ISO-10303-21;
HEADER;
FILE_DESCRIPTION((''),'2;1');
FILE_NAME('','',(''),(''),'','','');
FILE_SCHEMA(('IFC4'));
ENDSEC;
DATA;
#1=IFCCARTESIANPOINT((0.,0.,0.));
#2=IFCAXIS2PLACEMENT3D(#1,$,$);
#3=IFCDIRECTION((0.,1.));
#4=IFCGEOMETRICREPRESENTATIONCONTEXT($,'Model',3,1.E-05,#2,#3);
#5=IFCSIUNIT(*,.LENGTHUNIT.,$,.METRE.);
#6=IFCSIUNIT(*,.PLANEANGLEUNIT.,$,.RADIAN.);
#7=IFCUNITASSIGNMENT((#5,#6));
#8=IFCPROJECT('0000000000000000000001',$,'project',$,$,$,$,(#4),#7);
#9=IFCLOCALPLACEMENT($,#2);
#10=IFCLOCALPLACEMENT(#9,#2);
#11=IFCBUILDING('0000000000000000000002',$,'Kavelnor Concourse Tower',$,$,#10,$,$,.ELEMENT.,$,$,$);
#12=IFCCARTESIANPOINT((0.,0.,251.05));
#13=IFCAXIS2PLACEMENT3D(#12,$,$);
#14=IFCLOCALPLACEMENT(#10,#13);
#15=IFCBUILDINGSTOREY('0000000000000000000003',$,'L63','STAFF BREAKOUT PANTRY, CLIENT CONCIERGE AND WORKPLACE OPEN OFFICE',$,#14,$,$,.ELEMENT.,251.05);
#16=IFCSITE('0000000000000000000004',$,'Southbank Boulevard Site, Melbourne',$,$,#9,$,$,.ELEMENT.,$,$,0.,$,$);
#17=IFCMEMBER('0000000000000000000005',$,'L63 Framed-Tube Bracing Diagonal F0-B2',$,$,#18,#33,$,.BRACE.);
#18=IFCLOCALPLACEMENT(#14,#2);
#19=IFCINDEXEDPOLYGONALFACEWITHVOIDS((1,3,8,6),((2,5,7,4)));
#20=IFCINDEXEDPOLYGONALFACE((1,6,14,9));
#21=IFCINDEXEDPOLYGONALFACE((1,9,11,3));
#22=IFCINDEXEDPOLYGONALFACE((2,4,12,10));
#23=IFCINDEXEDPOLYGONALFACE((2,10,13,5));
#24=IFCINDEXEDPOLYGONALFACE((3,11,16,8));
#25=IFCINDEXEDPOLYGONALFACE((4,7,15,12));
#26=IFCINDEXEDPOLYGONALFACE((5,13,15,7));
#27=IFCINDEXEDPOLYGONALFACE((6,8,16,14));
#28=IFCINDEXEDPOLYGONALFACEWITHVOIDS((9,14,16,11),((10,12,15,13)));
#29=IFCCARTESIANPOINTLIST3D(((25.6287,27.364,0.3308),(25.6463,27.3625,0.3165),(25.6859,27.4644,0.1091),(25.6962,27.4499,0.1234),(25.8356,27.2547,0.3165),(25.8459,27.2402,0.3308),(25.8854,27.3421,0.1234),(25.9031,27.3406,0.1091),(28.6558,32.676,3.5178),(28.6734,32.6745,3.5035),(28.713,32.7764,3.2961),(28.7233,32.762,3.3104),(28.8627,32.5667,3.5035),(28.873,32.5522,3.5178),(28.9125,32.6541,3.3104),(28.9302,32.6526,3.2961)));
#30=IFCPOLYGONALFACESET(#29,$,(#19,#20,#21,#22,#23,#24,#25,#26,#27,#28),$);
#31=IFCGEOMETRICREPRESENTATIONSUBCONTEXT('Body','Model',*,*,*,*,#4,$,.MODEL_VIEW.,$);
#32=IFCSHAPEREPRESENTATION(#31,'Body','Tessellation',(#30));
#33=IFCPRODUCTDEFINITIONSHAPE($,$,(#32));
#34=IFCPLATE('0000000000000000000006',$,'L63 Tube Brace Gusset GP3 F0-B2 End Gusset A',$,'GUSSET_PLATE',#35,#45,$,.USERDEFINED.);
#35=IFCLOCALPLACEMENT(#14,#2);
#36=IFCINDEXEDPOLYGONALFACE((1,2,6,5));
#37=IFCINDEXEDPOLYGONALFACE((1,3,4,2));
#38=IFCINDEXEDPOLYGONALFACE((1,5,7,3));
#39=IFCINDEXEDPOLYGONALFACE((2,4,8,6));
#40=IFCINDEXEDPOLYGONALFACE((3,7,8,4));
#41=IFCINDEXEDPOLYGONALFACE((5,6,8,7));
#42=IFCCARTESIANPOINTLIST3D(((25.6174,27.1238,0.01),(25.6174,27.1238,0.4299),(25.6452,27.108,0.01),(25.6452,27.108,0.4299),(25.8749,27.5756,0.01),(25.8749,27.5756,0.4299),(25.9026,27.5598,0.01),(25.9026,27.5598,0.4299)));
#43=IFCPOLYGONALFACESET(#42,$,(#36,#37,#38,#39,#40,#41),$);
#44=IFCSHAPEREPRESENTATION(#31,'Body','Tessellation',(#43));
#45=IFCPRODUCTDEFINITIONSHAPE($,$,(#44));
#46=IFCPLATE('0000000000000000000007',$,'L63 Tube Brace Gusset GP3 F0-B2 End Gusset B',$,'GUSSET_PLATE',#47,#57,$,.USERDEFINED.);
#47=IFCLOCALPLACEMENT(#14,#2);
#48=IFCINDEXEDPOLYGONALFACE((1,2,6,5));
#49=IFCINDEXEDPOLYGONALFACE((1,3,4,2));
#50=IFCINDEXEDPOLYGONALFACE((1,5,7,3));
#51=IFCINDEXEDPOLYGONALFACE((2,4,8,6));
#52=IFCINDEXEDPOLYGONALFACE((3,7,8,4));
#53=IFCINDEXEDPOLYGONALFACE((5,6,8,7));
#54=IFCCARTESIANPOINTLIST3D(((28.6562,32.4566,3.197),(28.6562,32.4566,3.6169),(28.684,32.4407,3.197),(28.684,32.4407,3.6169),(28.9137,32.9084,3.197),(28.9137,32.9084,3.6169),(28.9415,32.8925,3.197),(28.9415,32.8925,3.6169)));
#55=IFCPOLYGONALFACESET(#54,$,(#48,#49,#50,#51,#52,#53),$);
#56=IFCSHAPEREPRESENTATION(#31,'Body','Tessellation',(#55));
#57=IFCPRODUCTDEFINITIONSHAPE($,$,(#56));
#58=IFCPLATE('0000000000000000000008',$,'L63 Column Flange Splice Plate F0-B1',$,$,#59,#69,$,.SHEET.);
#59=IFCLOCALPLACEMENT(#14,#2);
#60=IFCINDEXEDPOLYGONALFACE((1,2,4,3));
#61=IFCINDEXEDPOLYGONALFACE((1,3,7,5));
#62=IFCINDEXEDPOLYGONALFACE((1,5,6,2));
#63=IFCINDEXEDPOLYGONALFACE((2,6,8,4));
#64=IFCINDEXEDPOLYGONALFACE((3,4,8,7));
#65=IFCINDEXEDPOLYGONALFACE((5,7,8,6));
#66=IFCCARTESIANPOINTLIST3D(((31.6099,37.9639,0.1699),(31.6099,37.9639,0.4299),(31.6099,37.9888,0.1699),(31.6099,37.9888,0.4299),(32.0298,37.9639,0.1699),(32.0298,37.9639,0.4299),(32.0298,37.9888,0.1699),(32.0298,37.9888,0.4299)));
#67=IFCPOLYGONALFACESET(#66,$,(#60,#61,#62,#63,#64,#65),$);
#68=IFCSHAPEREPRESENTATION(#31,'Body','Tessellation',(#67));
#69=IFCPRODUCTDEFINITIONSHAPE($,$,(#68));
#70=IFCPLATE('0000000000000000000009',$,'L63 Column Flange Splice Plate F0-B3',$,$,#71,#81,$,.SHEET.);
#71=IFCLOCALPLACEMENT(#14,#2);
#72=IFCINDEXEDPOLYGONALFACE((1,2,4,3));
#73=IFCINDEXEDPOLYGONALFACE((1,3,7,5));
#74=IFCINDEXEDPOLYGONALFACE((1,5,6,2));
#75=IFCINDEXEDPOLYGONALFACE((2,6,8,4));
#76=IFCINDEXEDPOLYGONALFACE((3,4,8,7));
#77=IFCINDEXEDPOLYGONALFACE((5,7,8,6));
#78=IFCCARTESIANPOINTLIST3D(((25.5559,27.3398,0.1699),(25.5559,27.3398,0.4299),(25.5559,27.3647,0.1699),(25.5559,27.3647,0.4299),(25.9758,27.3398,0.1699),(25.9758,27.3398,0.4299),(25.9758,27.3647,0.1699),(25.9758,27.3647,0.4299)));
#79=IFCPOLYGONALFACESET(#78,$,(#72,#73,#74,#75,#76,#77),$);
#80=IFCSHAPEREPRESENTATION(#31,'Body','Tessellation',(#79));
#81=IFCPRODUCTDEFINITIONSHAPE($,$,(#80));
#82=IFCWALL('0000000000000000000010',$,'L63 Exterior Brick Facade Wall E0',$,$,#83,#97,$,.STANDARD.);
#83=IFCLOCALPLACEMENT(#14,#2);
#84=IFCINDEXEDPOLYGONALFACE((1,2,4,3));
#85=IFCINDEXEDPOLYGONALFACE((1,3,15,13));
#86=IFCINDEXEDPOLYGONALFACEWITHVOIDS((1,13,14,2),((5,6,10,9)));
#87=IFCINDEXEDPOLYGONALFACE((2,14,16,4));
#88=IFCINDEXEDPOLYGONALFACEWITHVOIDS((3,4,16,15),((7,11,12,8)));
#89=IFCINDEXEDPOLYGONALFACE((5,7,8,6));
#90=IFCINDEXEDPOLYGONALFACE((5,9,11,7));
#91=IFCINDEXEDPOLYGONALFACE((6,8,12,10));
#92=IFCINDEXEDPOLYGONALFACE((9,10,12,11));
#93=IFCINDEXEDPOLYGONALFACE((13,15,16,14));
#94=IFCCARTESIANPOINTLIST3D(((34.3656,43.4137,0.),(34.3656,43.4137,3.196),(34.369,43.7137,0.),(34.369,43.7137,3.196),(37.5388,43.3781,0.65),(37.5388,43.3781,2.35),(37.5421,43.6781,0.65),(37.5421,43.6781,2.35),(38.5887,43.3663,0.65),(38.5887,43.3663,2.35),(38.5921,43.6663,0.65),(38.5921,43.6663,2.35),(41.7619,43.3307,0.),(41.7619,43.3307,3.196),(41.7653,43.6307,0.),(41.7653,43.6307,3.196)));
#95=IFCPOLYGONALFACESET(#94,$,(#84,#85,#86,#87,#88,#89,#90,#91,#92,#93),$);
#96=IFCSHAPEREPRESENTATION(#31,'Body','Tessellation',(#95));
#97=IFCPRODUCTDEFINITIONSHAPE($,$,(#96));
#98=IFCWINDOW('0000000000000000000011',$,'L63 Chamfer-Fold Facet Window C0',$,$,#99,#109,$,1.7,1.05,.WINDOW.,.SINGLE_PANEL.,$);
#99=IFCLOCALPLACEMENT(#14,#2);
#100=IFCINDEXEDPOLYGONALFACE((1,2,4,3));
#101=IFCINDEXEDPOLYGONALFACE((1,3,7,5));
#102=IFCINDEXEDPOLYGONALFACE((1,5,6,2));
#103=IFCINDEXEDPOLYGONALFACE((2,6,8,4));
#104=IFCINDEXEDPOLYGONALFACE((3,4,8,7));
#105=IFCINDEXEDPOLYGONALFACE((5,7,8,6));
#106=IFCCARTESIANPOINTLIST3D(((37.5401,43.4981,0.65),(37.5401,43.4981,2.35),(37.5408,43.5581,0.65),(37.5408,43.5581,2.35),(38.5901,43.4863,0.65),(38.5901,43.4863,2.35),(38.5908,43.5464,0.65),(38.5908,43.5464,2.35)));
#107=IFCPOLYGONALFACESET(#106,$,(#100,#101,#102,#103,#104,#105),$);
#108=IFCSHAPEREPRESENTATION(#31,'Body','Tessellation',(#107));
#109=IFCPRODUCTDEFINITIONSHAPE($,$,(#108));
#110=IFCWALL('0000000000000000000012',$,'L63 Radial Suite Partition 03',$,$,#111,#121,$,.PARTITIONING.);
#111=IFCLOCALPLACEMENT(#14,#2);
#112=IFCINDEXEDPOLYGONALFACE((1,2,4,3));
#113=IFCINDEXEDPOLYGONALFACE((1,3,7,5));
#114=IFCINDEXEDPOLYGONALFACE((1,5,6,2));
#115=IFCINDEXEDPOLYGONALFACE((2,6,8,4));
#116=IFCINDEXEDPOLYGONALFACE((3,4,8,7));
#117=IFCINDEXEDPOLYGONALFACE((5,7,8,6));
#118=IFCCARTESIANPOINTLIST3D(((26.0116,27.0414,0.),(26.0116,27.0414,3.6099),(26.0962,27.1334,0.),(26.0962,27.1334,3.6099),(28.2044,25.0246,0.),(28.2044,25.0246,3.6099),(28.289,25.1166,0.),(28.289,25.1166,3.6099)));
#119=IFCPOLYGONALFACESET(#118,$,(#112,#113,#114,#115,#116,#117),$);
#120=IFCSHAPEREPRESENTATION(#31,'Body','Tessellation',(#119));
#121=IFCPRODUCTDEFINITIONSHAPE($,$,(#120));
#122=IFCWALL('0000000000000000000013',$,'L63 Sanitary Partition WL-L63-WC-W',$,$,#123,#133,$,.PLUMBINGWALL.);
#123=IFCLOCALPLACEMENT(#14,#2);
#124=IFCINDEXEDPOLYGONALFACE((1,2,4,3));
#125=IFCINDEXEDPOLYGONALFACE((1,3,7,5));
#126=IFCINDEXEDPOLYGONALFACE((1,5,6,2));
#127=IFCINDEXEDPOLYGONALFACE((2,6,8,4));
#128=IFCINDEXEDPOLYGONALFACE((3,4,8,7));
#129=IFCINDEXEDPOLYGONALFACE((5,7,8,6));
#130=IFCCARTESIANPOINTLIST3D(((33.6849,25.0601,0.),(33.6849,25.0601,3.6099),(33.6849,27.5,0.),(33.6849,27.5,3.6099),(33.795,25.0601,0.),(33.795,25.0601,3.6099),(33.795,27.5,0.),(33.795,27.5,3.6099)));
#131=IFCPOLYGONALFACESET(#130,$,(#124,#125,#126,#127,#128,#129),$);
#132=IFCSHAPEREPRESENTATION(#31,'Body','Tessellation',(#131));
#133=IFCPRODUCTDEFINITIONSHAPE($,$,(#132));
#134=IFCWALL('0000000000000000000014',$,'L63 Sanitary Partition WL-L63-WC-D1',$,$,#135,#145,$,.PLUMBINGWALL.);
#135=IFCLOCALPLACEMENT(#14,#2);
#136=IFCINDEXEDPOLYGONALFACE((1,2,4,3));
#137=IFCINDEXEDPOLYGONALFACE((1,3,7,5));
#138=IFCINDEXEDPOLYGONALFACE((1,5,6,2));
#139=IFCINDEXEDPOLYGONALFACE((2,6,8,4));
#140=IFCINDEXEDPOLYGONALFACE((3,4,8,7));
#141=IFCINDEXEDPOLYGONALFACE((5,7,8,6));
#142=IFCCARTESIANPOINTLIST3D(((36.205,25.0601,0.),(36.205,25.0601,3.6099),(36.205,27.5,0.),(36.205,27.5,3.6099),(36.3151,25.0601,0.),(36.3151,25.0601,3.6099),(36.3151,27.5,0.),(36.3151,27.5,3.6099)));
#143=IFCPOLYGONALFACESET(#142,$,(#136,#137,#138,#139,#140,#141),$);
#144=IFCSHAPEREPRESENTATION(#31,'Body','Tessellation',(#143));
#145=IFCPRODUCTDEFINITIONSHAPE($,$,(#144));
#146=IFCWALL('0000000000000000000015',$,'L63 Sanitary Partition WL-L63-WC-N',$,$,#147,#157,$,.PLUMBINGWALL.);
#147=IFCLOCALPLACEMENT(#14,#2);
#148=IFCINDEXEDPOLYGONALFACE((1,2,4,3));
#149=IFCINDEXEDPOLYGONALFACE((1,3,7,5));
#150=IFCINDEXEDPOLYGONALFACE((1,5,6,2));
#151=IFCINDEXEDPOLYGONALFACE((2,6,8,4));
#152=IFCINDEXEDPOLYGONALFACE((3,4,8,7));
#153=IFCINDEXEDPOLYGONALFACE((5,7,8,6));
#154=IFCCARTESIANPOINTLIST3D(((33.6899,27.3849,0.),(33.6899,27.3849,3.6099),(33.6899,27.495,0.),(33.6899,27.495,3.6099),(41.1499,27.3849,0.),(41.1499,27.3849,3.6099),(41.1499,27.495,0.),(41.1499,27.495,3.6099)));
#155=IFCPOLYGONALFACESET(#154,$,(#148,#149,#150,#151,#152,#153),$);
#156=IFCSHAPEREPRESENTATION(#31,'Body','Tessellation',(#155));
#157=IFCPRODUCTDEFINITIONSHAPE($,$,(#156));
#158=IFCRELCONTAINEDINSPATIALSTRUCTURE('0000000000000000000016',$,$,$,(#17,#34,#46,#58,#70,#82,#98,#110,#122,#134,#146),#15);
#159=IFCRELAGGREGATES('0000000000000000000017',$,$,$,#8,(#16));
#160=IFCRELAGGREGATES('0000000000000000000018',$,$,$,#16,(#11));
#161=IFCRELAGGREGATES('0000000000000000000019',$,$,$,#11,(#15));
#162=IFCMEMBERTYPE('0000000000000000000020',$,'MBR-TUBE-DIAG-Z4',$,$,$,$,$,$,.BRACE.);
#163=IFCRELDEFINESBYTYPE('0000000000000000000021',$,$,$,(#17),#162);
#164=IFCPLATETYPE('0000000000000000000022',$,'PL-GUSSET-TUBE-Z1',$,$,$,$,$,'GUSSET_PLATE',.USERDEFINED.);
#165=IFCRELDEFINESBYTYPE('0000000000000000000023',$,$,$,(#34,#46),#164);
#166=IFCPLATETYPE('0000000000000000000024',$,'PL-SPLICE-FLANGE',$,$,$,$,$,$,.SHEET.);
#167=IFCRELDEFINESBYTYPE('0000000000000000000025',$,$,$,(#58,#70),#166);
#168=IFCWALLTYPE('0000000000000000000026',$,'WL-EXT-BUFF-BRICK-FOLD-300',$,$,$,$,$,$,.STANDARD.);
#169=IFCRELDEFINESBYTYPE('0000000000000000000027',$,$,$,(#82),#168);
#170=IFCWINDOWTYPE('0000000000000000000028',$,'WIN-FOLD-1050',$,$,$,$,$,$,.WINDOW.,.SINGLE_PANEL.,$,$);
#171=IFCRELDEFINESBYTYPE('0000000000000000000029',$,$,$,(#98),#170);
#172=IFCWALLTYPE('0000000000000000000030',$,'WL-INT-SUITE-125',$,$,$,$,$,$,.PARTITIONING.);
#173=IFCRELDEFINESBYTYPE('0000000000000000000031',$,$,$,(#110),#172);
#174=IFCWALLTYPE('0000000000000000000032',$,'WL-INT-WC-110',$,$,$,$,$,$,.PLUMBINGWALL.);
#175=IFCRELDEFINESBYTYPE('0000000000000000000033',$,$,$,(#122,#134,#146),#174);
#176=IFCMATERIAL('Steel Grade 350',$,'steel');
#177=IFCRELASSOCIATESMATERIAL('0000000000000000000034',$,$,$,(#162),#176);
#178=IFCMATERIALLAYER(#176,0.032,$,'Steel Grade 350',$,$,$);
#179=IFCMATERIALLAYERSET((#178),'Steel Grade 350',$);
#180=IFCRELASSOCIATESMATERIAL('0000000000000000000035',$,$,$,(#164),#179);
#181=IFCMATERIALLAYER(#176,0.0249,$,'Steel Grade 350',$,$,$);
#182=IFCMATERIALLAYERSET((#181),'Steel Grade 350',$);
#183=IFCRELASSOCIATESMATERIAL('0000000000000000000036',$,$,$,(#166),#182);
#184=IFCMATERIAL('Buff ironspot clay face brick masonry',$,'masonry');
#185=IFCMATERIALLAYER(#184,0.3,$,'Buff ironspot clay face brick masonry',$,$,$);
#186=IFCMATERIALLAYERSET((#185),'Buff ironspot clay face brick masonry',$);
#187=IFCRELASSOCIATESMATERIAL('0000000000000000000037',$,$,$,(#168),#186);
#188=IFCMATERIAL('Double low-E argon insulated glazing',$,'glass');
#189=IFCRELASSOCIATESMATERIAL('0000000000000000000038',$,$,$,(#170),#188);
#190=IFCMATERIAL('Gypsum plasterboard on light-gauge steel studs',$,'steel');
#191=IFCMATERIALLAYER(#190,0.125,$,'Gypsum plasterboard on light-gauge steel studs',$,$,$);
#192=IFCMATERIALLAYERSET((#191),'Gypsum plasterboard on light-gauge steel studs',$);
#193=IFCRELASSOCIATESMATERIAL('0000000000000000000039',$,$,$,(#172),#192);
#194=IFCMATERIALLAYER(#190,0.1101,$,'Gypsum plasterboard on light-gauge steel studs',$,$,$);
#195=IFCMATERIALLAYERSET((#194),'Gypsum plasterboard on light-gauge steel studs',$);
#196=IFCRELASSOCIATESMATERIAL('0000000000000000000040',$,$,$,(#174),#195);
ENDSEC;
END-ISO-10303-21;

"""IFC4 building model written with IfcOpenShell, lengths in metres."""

from ifc_helpers import new_model, si_unit, direction, frame, frame_2d, origin, origin_2d, place, context, subcontext, project, spatial, rectangle, hollow_rectangle, extrude, material, layer, layer_set, material_profile, profile_set, type_object, element, fill, save


model = new_model("IFC4")

# Units and contexts
model_context = context("Model", 3, precision=1e-05, world=origin(), true_north=direction((0.0, 1.0)))
body_context = subcontext(model_context, "Body", "Model", "MODEL_VIEW")
ifc_project = project(units=[si_unit("LENGTHUNIT", "METRE"), si_unit("PLANEANGLEUNIT", "RADIAN")], contexts=[model_context])

# Site, building, storey
site_placement = place(None, origin())
site = spatial("IfcSite", under=ifc_project, at=site_placement, Name="Southbank Boulevard Site, Melbourne", CompositionType="ELEMENT", RefElevation=0.0)
building_placement = place(site_placement, origin())
building = spatial("IfcBuilding", under=site, at=building_placement, Name="Kavelnor Concourse Tower", CompositionType="ELEMENT")
storey_placement = place(building_placement, frame((0.0, 0.0, 251.05)))
storey = spatial("IfcBuildingStorey", under=building, at=storey_placement, Name="L63", Description="STAFF BREAKOUT PANTRY, CLIENT CONCIERGE AND WORKPLACE OPEN OFFICE", CompositionType="ELEMENT", Elevation=251.05)

# Shared definitions
ifc_material_1 = material(Name="Steel Grade 350", Category="steel")

# Member
ifc_material_profile_1 = material_profile(ifc_material_1, hollow_rectangle(XDim=0.25, YDim=0.25, WallThickness=0.0161, at=origin_2d()), Name="SHS 250x250x16")
ifc_profile_set_1 = profile_set([ifc_material_profile_1], Name="Steel Grade 350")
member_type = type_object("IfcMemberType", Name="MBR-TUBE-DIAG-Z4", PredefinedType="BRACE", material=ifc_profile_set_1)
member_placement = place(storey_placement, frame((25.7659, 27.3523, 0.22), z_axis=(0.439043, 0.770441, 0.462236), x_axis=(-0.86883, 0.495111, 0.0)))
element("IfcMember", 1, at=member_placement, inside=storey, type_object=member_type, Name="L63 Framed-Tube Bracing Diagonal F0-B2", PredefinedType="BRACE", context=body_context, shape_type="SweptSolid", body=[
    extrude(hollow_rectangle(XDim=0.25, YDim=0.25, WallThickness=0.0161, at=origin_2d()), origin(), (0.0, 0.0, 1.0), 6.8948),
])

# Plates
ifc_layer_1 = layer(ifc_material_1, 0.032, Name="Steel Grade 350")
ifc_layer_set_1 = layer_set([ifc_layer_1], Name="Steel Grade 350")
plate_type_1 = type_object("IfcPlateType", Name="PL-GUSSET-TUBE-Z1", ElementType="GUSSET_PLATE", PredefinedType="USERDEFINED", material=ifc_layer_set_1)
for number, where, z_axis, x_axis, name in (
    (2, (25.76, 27.3418, 0.01), (0.0, 0.0, 1.0), (0.495155, 0.868804, 0.0), "L63 Tube Brace Gusset GP3 F0-B2 End Gusset A"),
    (3, (28.7988, 32.6746, 3.197), (0.0, 0.0, 1.0), (0.495155, 0.868804, 0.0), "L63 Tube Brace Gusset GP3 F0-B2 End Gusset B"),
):
    element("IfcPlate", number, at=place(storey_placement, frame(where, z_axis=z_axis, x_axis=x_axis)), inside=storey, type_object=plate_type_1, Name=name, ObjectType="GUSSET_PLATE", PredefinedType="USERDEFINED", context=body_context, shape_type="SweptSolid", body=[
        extrude(rectangle(XDim=0.52, YDim=0.032, at=origin_2d()), origin(), (0.0, 0.0, 1.0), 0.4199),
    ])
ifc_layer_2 = layer(ifc_material_1, 0.0249, Name="Steel Grade 350")
ifc_layer_set_2 = layer_set([ifc_layer_2], Name="Steel Grade 350")
plate_type_2 = type_object("IfcPlateType", Name="PL-SPLICE-FLANGE", PredefinedType="SHEET", material=ifc_layer_set_2)
for number, where, z_axis, x_axis, name in (
    (4, (31.8198, 37.9763, 0.1699), (0.0, 0.0, 1.0), (1.0, 0.0, 0.0), "L63 Column Flange Splice Plate F0-B1"),
    (5, (25.7659, 27.3523, 0.1699), (0.0, 0.0, 1.0), (1.0, 0.0, 0.0), "L63 Column Flange Splice Plate F0-B3"),
):
    element("IfcPlate", number, at=place(storey_placement, frame(where, z_axis=z_axis, x_axis=x_axis)), inside=storey, type_object=plate_type_2, Name=name, PredefinedType="SHEET", context=body_context, shape_type="SweptSolid", body=[
        extrude(rectangle(XDim=0.4199, YDim=0.0249, at=origin_2d()), origin(), (0.0, 0.0, 1.0), 0.26),
    ])

# Wall, opening, window
ifc_material_2 = material(Name="Buff ironspot clay face brick masonry", Category="masonry")
ifc_layer_3 = layer(ifc_material_2, 0.3, Name="Buff ironspot clay face brick masonry")
ifc_layer_set_3 = layer_set([ifc_layer_3], Name="Buff ironspot clay face brick masonry")
wall_type_1 = type_object("IfcWallType", Name="WL-EXT-BUFF-BRICK-FOLD-300", PredefinedType="STANDARD", material=ifc_layer_set_3)
wall_1_placement = place(storey_placement, frame((34.3674, 43.5637, 0.0), z_axis=(0.0, 0.0, 1.0), x_axis=(0.999937, -0.011222, 0.0)))
wall_1 = element("IfcWall", 6, at=wall_1_placement, inside=storey, type_object=wall_type_1, Name="L63 Exterior Brick Facade Wall E0", PredefinedType="STANDARD", context=body_context, shape_type="SweptSolid", body=[
    extrude(rectangle(XDim=7.3967, YDim=0.3, at=frame_2d((3.6982, 0.0))), origin(), (0.0, 0.0, 1.0), 3.196),
])
opening_placement = place(wall_1_placement, frame((3.1733, 0.0, 0.6499)))
opening = element("IfcOpeningElement", 7, at=opening_placement, cuts=wall_1, PredefinedType="OPENING", context=body_context, shape_type="SweptSolid", body=[
    extrude(rectangle(XDim=1.05, YDim=1.7, at=frame_2d((0.5249, 0.8501))), frame((0.0, 0.1602, 0.0), z_axis=(0.0, -1.0, 0.0), x_axis=(1.0, 0.0, 0.0)), (0.0, 0.0, 1.0), 0.3201),
])
ifc_material_3 = material(Name="Double low-E argon insulated glazing", Category="glass")
window_type = type_object("IfcWindowType", Name="WIN-FOLD-1050", PartitioningType="SINGLE_PANEL", PredefinedType="WINDOW", material=ifc_material_3)
window_placement = place(opening_placement, origin())
window = element("IfcWindow", 8, at=window_placement, inside=storey, type_object=window_type, Name="L63 Chamfer-Fold Facet Window C0", OverallHeight=1.7, OverallWidth=1.05, PartitioningType="SINGLE_PANEL", PredefinedType="WINDOW", context=body_context, shape_type="SweptSolid", body=[
    extrude(rectangle(XDim=1.05, YDim=1.7, at=frame_2d((0.5249, 0.8501))), frame((0.0, 0.03, 0.0), z_axis=(0.0, -1.0, 0.0), x_axis=(1.0, 0.0, 0.0)), (0.0, 0.0, 1.0), 0.0601),
])
fill(opening, window)

# Walls
ifc_material_4 = material(Name="Gypsum plasterboard on light-gauge steel studs", Category="steel")
ifc_layer_4 = layer(ifc_material_4, 0.125, Name="Gypsum plasterboard on light-gauge steel studs")
ifc_layer_set_4 = layer_set([ifc_layer_4], Name="Gypsum plasterboard on light-gauge steel studs")
wall_type_2 = type_object("IfcWallType", Name="WL-INT-SUITE-125", PredefinedType="PARTITIONING", material=ifc_layer_set_4)
wall_2_placement = place(storey_placement, frame((28.2468, 25.0706, 0.0), z_axis=(0.0, 0.0, 1.0), x_axis=(-0.736031, 0.676948, 0.0)))
element("IfcWall", 9, at=wall_2_placement, inside=storey, type_object=wall_type_2, Name="L63 Radial Suite Partition 03", PredefinedType="PARTITIONING", context=body_context, shape_type="SweptSolid", body=[
    extrude(rectangle(XDim=2.9792, YDim=0.125, at=frame_2d((1.4897, 0.0))), origin(), (0.0, 0.0, 1.0), 3.6099),
])
ifc_layer_5 = layer(ifc_material_4, 0.1101, Name="Gypsum plasterboard on light-gauge steel studs")
ifc_layer_set_5 = layer_set([ifc_layer_5], Name="Gypsum plasterboard on light-gauge steel studs")
wall_type_3 = type_object("IfcWallType", Name="WL-INT-WC-110", PredefinedType="PLUMBINGWALL", material=ifc_layer_set_5)
for number, where, z_axis, x_axis, name in (
    (10, (33.74, 25.0601, 0.0), (0.0, 0.0, 1.0), (0.0, 1.0, 0.0), "L63 Sanitary Partition WL-L63-WC-W"),
    (11, (36.26, 25.0601, 0.0), (0.0, 0.0, 1.0), (0.0, 1.0, 0.0), "L63 Sanitary Partition WL-L63-WC-D1"),
):
    element("IfcWall", number, at=place(storey_placement, frame(where, z_axis=z_axis, x_axis=x_axis)), inside=storey, type_object=wall_type_3, Name=name, PredefinedType="PLUMBINGWALL", context=body_context, shape_type="SweptSolid", body=[
        extrude(rectangle(XDim=2.4399, YDim=0.1101, at=frame_2d((1.22, 0.0))), origin(), (0.0, 0.0, 1.0), 3.6099),
    ])
wall_3_placement = place(storey_placement, frame((33.6899, 27.4399, 0.0), z_axis=(0.0, 0.0, 1.0), x_axis=(1.0, 0.0, 0.0)))
element("IfcWall", 12, at=wall_3_placement, inside=storey, type_object=wall_type_3, Name="L63 Sanitary Partition WL-L63-WC-N", PredefinedType="PLUMBINGWALL", context=body_context, shape_type="SweptSolid", body=[
    extrude(rectangle(XDim=7.46, YDim=0.1101, at=frame_2d((3.73, 0.0))), origin(), (0.0, 0.0, 1.0), 3.6099),
])

save(model, "model.ifc")
